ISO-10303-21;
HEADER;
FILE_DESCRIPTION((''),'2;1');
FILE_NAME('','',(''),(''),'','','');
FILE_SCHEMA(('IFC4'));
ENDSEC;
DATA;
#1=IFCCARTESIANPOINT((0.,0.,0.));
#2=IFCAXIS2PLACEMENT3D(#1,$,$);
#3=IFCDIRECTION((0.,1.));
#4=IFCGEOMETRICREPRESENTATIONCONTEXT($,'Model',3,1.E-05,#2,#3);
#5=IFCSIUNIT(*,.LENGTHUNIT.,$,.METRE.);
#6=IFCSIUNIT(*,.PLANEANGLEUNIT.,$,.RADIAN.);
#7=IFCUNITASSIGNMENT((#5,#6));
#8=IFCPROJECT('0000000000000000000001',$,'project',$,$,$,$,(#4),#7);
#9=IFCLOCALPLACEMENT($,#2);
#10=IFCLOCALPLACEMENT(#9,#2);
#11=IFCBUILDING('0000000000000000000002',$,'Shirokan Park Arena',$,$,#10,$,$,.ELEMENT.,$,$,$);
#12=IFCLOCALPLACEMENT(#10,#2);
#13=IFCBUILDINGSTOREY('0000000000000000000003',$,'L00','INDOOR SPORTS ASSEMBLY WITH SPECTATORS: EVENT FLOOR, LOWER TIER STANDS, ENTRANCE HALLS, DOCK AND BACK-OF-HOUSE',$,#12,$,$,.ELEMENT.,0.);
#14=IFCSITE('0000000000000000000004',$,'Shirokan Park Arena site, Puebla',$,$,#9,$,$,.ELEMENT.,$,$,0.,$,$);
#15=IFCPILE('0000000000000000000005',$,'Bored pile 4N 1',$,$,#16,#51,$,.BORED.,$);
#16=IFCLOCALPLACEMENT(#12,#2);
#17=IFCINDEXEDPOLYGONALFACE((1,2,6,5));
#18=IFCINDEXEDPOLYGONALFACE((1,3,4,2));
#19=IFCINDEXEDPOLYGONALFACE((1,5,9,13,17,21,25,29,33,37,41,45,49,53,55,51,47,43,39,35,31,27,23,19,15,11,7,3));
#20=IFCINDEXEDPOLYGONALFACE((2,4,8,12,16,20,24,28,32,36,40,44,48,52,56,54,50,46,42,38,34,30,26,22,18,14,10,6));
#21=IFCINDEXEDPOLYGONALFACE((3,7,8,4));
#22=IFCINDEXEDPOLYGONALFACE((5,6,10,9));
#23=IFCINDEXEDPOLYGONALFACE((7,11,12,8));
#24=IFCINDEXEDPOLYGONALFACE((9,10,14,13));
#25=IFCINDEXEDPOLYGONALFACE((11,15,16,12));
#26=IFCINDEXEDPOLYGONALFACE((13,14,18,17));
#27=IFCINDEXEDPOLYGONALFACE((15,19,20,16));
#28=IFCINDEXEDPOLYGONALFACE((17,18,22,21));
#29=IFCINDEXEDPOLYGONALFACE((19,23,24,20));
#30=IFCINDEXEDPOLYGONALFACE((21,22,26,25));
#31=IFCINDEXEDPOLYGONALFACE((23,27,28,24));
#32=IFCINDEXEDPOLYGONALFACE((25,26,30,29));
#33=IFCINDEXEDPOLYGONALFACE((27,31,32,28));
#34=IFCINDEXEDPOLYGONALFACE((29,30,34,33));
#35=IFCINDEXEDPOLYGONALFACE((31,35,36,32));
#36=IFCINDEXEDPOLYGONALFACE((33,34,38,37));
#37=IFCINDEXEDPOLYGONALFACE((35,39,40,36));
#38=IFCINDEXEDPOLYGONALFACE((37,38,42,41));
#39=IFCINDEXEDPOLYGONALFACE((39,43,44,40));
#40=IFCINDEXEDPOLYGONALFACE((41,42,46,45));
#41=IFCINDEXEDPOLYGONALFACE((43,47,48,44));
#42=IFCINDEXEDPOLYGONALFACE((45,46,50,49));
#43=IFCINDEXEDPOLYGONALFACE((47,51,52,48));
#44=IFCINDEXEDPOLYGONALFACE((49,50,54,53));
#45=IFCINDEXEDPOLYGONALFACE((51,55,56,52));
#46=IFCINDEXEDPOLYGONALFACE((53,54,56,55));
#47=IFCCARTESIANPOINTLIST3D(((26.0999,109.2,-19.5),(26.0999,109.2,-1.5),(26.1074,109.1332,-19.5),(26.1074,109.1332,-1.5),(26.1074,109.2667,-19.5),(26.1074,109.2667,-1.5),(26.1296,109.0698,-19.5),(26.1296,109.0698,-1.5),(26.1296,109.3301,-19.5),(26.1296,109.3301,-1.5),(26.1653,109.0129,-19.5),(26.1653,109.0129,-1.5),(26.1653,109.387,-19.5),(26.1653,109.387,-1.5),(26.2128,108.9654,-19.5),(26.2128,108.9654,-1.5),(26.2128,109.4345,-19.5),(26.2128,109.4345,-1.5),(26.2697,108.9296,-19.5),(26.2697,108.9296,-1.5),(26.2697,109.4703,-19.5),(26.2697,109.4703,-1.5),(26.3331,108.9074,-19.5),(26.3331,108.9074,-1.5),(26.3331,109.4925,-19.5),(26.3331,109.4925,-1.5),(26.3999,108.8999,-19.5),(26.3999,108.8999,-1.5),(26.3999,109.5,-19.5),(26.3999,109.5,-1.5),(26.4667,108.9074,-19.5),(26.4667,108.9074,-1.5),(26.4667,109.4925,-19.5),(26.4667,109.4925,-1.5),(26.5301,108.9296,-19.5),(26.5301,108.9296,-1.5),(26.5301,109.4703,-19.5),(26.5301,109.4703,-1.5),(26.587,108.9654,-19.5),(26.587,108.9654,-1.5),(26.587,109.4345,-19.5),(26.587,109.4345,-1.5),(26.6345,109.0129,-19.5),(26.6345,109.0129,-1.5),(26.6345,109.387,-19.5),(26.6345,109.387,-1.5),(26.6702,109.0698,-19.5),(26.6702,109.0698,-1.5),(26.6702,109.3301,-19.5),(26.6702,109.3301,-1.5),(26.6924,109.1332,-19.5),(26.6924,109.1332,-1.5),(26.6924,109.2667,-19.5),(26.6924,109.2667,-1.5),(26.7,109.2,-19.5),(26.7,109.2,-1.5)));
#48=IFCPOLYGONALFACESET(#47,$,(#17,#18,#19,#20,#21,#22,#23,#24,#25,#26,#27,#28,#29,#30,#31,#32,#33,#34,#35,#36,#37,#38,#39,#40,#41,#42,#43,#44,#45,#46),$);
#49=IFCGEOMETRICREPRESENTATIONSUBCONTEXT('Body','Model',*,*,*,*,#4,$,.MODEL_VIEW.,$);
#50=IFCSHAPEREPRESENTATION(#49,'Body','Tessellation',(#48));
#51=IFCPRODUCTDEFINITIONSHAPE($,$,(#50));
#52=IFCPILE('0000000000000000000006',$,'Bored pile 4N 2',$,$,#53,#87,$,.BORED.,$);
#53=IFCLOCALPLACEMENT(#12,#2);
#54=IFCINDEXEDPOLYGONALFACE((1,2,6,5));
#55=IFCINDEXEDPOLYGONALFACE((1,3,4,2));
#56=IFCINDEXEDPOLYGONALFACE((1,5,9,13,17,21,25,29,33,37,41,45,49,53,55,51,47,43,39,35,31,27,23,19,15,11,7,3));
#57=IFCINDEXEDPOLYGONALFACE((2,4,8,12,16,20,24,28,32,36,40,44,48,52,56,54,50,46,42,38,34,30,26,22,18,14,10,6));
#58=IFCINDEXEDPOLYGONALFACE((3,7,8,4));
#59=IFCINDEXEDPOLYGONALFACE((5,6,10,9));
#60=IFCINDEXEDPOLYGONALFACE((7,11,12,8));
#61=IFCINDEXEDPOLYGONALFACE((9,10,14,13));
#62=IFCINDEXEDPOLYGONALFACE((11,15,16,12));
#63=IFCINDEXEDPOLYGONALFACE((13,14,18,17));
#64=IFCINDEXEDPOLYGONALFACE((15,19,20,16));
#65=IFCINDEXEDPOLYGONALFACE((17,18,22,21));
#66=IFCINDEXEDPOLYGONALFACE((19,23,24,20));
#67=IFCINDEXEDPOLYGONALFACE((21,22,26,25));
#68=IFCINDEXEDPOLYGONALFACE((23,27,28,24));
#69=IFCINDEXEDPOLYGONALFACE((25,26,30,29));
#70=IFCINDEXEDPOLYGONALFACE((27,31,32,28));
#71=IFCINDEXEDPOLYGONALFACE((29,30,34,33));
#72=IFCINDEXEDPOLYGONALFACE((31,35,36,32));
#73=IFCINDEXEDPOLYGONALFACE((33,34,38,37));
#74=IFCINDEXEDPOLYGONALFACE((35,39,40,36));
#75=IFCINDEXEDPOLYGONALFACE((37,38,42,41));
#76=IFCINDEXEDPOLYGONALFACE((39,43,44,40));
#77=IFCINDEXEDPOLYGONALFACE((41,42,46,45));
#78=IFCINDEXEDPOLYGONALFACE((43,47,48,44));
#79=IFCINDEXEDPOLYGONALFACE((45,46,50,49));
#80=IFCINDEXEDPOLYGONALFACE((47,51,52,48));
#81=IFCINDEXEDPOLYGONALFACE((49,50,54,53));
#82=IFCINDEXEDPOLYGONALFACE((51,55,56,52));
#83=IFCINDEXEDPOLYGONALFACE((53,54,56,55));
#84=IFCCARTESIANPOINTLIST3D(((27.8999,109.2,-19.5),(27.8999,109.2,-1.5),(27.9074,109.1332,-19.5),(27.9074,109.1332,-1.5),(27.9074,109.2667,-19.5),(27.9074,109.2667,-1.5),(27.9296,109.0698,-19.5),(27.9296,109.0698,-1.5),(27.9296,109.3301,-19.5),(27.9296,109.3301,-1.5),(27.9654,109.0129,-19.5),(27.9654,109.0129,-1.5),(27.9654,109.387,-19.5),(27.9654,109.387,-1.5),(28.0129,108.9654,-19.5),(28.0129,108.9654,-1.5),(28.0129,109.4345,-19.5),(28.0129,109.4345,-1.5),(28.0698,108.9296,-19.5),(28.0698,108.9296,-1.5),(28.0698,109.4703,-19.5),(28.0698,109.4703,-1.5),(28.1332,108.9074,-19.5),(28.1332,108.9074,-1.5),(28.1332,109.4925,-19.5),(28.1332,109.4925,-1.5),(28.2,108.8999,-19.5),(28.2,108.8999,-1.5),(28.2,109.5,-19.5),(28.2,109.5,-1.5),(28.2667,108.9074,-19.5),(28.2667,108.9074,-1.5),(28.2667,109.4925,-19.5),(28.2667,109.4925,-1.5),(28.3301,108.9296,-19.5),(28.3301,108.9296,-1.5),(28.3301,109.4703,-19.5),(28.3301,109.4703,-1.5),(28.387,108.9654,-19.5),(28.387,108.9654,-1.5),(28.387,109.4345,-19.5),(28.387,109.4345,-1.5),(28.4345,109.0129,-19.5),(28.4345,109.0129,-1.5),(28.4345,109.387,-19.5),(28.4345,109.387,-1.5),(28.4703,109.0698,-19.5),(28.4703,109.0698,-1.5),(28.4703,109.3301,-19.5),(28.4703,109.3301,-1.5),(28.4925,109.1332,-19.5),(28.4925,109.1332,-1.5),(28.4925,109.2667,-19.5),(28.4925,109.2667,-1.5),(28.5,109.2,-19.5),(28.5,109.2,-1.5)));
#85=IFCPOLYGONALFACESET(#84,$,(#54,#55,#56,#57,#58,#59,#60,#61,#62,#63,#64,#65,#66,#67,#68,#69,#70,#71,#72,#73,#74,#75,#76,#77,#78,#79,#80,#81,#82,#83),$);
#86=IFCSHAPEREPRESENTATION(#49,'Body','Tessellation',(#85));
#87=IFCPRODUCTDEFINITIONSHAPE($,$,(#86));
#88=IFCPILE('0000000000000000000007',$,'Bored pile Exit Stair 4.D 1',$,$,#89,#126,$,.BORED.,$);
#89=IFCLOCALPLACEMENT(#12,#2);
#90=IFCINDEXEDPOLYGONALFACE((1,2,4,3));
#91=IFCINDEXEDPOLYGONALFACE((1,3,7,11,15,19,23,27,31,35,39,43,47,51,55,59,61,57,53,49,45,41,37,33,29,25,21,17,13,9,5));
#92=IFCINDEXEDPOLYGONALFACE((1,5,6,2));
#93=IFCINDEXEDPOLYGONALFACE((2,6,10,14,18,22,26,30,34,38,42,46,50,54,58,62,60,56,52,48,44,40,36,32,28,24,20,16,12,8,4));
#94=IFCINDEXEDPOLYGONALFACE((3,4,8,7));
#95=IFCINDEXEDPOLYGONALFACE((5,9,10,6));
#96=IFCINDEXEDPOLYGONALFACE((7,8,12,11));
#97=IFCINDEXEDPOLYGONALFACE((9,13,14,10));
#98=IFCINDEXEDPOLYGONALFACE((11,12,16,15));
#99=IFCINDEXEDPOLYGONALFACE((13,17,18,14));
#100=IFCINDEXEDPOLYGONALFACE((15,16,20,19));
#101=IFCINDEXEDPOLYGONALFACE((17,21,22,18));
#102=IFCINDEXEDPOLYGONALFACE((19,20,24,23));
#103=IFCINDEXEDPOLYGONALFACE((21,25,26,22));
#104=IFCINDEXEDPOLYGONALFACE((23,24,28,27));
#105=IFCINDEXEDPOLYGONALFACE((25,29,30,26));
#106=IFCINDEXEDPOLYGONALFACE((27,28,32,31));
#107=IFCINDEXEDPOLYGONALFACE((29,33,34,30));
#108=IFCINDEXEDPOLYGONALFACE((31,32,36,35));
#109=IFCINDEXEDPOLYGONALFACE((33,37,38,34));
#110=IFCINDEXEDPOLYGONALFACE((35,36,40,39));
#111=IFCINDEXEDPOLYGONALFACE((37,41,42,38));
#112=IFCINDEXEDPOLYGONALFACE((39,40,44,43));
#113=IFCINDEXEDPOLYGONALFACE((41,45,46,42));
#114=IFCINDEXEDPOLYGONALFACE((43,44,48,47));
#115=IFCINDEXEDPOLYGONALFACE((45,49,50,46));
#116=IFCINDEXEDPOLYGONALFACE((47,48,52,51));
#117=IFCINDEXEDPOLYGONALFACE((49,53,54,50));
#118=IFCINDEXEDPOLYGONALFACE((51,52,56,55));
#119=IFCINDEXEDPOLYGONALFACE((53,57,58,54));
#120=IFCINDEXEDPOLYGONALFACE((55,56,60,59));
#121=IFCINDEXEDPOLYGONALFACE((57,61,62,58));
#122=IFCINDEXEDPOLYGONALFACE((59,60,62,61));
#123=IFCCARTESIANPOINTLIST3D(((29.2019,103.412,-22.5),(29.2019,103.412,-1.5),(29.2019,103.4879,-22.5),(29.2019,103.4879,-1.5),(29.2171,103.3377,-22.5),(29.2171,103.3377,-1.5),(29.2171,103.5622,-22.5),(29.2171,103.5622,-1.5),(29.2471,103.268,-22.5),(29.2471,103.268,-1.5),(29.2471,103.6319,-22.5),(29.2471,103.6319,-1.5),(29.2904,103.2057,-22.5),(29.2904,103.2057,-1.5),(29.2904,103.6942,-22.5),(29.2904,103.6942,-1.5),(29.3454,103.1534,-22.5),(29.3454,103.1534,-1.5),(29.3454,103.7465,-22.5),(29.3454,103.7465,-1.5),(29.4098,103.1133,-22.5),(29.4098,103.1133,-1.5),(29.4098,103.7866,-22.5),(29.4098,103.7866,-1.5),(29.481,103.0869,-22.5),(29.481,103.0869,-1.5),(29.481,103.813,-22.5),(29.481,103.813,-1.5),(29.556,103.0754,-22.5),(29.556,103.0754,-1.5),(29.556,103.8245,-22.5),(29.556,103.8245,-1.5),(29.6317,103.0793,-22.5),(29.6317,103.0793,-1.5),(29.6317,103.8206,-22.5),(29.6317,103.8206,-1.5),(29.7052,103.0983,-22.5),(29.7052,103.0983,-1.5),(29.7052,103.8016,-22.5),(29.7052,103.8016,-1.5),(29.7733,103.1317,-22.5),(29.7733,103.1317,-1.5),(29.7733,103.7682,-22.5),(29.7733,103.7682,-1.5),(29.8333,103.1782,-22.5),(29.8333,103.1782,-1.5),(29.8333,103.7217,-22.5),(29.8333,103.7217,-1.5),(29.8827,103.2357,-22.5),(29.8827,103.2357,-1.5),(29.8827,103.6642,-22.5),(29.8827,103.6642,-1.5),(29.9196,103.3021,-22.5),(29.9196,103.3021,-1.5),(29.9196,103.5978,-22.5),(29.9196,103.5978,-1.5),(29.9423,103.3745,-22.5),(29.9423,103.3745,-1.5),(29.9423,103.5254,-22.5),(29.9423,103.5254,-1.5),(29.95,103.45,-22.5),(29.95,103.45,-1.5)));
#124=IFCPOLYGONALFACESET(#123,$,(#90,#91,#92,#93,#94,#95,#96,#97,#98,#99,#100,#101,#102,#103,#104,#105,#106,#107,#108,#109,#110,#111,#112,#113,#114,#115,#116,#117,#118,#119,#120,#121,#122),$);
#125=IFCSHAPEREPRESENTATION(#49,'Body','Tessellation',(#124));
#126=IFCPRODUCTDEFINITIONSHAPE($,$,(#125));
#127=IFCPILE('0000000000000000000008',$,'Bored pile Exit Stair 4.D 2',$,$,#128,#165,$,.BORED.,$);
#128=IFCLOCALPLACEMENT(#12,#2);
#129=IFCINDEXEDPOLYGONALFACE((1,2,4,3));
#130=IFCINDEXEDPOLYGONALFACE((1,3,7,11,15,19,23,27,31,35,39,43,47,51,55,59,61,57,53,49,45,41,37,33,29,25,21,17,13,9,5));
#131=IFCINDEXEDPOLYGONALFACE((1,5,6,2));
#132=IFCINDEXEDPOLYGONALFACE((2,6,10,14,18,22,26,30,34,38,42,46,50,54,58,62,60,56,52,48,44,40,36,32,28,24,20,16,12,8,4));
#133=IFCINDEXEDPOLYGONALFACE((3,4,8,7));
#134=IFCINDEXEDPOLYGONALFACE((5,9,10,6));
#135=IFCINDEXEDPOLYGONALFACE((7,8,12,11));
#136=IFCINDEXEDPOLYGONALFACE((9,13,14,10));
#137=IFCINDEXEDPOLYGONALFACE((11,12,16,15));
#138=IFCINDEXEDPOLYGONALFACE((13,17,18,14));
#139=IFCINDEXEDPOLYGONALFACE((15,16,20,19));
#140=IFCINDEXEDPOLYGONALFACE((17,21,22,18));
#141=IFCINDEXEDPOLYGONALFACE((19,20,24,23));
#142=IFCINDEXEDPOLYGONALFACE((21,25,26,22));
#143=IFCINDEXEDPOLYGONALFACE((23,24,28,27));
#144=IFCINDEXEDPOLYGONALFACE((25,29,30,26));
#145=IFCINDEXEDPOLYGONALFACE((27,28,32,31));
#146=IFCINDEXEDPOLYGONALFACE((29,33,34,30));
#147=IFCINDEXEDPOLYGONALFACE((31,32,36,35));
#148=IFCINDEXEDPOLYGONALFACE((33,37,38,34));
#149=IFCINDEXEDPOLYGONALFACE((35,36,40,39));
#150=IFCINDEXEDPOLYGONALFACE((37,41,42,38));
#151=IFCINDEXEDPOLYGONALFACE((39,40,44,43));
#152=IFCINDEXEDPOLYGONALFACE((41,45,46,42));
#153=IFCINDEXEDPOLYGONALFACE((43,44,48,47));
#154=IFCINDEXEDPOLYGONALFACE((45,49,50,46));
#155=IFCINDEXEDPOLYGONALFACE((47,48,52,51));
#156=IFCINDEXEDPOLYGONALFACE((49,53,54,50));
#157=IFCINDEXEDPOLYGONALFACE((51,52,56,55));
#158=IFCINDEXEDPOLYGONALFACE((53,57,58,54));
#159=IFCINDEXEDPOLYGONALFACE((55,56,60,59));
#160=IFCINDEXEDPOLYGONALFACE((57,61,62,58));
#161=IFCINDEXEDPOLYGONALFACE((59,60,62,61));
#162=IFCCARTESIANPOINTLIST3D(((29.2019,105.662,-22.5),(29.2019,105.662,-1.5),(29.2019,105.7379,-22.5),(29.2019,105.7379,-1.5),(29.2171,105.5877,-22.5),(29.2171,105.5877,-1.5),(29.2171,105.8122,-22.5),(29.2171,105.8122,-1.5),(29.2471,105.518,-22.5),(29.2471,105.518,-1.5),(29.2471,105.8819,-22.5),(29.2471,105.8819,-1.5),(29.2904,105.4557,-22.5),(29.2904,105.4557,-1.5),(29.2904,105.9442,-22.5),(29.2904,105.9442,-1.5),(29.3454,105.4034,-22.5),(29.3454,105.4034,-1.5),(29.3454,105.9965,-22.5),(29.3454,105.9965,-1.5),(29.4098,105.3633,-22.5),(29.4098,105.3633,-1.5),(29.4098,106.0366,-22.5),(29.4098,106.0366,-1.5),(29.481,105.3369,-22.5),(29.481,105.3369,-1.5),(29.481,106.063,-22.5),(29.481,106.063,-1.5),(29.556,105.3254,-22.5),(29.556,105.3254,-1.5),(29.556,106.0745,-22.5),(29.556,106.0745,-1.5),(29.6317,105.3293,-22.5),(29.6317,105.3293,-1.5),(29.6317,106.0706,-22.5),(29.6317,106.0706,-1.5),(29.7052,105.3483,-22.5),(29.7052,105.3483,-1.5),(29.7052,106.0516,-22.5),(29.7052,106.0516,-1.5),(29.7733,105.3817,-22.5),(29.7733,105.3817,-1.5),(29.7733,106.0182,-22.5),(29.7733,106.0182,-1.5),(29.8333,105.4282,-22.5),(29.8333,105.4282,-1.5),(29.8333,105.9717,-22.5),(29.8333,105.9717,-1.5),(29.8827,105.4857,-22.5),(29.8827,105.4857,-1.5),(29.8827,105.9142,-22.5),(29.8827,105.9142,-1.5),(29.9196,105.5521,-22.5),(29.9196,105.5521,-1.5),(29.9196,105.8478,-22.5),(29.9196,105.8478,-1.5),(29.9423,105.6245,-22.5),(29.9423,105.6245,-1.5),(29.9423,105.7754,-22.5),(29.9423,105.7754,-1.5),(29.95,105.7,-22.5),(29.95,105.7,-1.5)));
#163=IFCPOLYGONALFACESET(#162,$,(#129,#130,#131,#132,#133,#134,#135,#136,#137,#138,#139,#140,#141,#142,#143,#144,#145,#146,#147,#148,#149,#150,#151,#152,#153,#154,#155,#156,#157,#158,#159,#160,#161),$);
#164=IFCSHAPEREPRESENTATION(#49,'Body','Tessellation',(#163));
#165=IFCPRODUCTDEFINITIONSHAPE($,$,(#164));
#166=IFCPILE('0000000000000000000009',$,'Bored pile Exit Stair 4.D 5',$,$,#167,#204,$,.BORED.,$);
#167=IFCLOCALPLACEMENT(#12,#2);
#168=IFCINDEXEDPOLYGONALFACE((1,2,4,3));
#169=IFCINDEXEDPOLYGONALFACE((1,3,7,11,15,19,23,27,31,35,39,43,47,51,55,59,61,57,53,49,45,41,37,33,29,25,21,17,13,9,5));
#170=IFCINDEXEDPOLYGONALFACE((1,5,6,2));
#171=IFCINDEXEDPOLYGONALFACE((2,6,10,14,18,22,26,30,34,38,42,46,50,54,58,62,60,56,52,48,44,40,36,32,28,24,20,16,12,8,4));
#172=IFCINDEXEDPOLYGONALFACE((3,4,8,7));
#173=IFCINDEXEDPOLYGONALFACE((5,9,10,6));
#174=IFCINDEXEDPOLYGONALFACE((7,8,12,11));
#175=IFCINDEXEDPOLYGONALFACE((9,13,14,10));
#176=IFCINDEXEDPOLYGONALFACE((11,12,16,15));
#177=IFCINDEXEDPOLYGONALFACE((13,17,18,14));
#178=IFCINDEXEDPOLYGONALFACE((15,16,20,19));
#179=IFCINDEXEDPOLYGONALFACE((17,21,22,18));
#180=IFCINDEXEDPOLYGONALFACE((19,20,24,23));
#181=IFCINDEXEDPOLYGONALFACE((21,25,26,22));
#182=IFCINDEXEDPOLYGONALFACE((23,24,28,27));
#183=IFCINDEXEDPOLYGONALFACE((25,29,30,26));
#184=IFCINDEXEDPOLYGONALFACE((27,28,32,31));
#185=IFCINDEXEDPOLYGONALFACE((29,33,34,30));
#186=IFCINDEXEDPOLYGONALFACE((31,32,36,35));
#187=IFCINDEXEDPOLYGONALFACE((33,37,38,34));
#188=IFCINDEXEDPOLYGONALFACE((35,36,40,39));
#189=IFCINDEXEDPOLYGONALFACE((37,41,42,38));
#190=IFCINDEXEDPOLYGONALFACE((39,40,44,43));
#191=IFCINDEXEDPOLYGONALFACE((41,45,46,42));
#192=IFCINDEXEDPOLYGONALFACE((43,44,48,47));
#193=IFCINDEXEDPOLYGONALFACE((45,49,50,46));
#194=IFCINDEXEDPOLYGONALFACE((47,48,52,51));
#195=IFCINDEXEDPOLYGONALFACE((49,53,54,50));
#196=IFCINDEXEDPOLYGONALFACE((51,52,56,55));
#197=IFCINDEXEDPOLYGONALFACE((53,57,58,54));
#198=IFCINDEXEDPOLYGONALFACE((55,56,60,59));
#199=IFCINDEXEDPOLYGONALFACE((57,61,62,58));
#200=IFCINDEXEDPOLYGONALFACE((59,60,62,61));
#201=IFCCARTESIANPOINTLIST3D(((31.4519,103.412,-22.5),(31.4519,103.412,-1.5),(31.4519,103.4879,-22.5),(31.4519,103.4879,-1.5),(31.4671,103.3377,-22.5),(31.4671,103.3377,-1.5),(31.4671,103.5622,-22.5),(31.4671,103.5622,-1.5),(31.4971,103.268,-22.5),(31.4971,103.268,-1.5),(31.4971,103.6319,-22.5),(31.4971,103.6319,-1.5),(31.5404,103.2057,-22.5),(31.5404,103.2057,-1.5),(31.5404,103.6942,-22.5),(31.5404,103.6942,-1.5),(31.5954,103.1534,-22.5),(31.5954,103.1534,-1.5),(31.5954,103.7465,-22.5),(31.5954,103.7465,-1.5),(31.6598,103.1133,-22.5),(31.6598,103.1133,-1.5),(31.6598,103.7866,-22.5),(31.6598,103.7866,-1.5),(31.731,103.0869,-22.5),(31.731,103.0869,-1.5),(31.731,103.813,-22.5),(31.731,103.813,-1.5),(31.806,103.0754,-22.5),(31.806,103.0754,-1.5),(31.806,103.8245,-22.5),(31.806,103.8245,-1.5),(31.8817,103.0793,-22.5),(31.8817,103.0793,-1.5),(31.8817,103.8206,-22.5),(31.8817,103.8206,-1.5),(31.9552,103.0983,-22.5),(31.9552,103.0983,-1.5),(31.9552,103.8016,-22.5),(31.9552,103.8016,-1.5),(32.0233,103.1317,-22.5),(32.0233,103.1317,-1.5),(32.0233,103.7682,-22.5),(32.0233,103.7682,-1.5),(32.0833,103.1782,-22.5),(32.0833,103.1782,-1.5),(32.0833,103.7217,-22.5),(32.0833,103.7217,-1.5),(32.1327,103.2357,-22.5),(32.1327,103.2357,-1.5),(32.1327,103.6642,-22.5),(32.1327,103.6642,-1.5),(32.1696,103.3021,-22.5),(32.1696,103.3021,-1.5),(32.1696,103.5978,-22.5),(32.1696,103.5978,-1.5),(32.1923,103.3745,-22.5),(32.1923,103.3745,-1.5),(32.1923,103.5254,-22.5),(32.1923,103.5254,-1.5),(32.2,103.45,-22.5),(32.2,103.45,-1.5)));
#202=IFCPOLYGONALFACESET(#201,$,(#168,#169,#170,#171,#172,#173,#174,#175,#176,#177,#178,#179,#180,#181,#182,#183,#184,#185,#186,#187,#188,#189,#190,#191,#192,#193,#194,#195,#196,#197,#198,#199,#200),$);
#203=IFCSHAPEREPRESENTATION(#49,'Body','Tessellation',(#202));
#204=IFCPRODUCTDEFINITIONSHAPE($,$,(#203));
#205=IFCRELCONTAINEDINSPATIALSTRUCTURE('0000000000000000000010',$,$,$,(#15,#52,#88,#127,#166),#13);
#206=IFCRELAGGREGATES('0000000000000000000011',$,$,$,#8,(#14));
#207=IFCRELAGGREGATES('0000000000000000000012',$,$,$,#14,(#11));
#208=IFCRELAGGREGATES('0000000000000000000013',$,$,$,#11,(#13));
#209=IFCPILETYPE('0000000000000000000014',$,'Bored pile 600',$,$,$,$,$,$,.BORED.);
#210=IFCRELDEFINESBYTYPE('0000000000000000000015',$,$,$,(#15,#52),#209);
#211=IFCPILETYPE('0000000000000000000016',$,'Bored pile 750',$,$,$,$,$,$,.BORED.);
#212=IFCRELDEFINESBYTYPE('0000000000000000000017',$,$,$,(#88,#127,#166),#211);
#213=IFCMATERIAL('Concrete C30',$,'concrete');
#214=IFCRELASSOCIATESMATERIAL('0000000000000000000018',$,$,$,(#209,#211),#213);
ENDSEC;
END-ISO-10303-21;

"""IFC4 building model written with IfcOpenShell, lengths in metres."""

from ifc_helpers import new_model, si_unit, direction, frame, origin, origin_2d, place, context, subcontext, project, spatial, circle, extrude, material, material_profile, profile_set, type_object, element, save


model = new_model("IFC4")

# Units and contexts
model_context = context("Model", 3, precision=1e-05, world=origin(), true_north=direction((0.0, 1.0)))
body_context = subcontext(model_context, "Body", "Model", "MODEL_VIEW")
ifc_project = project(units=[si_unit("LENGTHUNIT", "METRE"), si_unit("PLANEANGLEUNIT", "RADIAN")], contexts=[model_context])

# Site, building, storey
site_placement = place(None, origin())
site = spatial("IfcSite", under=ifc_project, at=site_placement, Name="Shirokan Park Arena site, Puebla", CompositionType="ELEMENT", RefElevation=0.0)
building_placement = place(site_placement, origin())
building = spatial("IfcBuilding", under=site, at=building_placement, Name="Shirokan Park Arena", CompositionType="ELEMENT")
storey_placement = place(building_placement, origin())
storey = spatial("IfcBuildingStorey", under=building, at=storey_placement, Name="L00", Description="INDOOR SPORTS ASSEMBLY WITH SPECTATORS: EVENT FLOOR, LOWER TIER STANDS, ENTRANCE HALLS, DOCK AND BACK-OF-HOUSE", CompositionType="ELEMENT", Elevation=0.0)

# Piles
ifc_material_1 = material(Name="Concrete C30", Category="concrete")
ifc_material_profile_1 = material_profile(ifc_material_1, circle(Radius=0.3, at=origin_2d()), Name="D600")
ifc_profile_set_1 = profile_set([ifc_material_profile_1], Name="Concrete C30")
pile_type_1 = type_object("IfcPileType", Name="Bored pile 600", PredefinedType="BORED", material=ifc_profile_set_1)
for number, where, z_axis, x_axis, name in (
    (1, (26.3999, 109.2, -1.5), (0.0, 0.0, -1.0), (1.0, 0.0, 0.0), "Bored pile 4N 1"),
    (2, (28.2, 109.2, -1.5), (0.0, 0.0, -1.0), (1.0, 0.0, 0.0), "Bored pile 4N 2"),
):
    element("IfcPile", number, at=place(storey_placement, frame(where, z_axis=z_axis, x_axis=x_axis)), inside=storey, type_object=pile_type_1, Name=name, PredefinedType="BORED", context=body_context, shape_type="SweptSolid", body=[
        extrude(circle(Radius=0.3, at=origin_2d()), origin(), (0.0, 0.0, 1.0), 18.0),
    ])
ifc_material_profile_2 = material_profile(ifc_material_1, circle(Radius=0.375, at=origin_2d()), Name="D750")
ifc_profile_set_2 = profile_set([ifc_material_profile_2], Name="Concrete C30")
pile_type_2 = type_object("IfcPileType", Name="Bored pile 750", PredefinedType="BORED", material=ifc_profile_set_2)
for number, where, z_axis, x_axis, name in (
    (3, (29.575, 103.45, -1.5), (0.0, 0.0, -1.0), (1.0, 0.0, 0.0), "Bored pile Exit Stair 4.D 1"),
    (4, (29.575, 105.7, -1.5), (0.0, 0.0, -1.0), (1.0, 0.0, 0.0), "Bored pile Exit Stair 4.D 2"),
    (5, (31.825, 103.45, -1.5), (0.0, 0.0, -1.0), (1.0, 0.0, 0.0), "Bored pile Exit Stair 4.D 5"),
):
    element("IfcPile", number, at=place(storey_placement, frame(where, z_axis=z_axis, x_axis=x_axis)), inside=storey, type_object=pile_type_2, Name=name, PredefinedType="BORED", context=body_context, shape_type="SweptSolid", body=[
        extrude(circle(Radius=0.375, at=origin_2d()), origin(), (0.0, 0.0, 1.0), 21.0),
    ])

save(model, "model.ifc")
